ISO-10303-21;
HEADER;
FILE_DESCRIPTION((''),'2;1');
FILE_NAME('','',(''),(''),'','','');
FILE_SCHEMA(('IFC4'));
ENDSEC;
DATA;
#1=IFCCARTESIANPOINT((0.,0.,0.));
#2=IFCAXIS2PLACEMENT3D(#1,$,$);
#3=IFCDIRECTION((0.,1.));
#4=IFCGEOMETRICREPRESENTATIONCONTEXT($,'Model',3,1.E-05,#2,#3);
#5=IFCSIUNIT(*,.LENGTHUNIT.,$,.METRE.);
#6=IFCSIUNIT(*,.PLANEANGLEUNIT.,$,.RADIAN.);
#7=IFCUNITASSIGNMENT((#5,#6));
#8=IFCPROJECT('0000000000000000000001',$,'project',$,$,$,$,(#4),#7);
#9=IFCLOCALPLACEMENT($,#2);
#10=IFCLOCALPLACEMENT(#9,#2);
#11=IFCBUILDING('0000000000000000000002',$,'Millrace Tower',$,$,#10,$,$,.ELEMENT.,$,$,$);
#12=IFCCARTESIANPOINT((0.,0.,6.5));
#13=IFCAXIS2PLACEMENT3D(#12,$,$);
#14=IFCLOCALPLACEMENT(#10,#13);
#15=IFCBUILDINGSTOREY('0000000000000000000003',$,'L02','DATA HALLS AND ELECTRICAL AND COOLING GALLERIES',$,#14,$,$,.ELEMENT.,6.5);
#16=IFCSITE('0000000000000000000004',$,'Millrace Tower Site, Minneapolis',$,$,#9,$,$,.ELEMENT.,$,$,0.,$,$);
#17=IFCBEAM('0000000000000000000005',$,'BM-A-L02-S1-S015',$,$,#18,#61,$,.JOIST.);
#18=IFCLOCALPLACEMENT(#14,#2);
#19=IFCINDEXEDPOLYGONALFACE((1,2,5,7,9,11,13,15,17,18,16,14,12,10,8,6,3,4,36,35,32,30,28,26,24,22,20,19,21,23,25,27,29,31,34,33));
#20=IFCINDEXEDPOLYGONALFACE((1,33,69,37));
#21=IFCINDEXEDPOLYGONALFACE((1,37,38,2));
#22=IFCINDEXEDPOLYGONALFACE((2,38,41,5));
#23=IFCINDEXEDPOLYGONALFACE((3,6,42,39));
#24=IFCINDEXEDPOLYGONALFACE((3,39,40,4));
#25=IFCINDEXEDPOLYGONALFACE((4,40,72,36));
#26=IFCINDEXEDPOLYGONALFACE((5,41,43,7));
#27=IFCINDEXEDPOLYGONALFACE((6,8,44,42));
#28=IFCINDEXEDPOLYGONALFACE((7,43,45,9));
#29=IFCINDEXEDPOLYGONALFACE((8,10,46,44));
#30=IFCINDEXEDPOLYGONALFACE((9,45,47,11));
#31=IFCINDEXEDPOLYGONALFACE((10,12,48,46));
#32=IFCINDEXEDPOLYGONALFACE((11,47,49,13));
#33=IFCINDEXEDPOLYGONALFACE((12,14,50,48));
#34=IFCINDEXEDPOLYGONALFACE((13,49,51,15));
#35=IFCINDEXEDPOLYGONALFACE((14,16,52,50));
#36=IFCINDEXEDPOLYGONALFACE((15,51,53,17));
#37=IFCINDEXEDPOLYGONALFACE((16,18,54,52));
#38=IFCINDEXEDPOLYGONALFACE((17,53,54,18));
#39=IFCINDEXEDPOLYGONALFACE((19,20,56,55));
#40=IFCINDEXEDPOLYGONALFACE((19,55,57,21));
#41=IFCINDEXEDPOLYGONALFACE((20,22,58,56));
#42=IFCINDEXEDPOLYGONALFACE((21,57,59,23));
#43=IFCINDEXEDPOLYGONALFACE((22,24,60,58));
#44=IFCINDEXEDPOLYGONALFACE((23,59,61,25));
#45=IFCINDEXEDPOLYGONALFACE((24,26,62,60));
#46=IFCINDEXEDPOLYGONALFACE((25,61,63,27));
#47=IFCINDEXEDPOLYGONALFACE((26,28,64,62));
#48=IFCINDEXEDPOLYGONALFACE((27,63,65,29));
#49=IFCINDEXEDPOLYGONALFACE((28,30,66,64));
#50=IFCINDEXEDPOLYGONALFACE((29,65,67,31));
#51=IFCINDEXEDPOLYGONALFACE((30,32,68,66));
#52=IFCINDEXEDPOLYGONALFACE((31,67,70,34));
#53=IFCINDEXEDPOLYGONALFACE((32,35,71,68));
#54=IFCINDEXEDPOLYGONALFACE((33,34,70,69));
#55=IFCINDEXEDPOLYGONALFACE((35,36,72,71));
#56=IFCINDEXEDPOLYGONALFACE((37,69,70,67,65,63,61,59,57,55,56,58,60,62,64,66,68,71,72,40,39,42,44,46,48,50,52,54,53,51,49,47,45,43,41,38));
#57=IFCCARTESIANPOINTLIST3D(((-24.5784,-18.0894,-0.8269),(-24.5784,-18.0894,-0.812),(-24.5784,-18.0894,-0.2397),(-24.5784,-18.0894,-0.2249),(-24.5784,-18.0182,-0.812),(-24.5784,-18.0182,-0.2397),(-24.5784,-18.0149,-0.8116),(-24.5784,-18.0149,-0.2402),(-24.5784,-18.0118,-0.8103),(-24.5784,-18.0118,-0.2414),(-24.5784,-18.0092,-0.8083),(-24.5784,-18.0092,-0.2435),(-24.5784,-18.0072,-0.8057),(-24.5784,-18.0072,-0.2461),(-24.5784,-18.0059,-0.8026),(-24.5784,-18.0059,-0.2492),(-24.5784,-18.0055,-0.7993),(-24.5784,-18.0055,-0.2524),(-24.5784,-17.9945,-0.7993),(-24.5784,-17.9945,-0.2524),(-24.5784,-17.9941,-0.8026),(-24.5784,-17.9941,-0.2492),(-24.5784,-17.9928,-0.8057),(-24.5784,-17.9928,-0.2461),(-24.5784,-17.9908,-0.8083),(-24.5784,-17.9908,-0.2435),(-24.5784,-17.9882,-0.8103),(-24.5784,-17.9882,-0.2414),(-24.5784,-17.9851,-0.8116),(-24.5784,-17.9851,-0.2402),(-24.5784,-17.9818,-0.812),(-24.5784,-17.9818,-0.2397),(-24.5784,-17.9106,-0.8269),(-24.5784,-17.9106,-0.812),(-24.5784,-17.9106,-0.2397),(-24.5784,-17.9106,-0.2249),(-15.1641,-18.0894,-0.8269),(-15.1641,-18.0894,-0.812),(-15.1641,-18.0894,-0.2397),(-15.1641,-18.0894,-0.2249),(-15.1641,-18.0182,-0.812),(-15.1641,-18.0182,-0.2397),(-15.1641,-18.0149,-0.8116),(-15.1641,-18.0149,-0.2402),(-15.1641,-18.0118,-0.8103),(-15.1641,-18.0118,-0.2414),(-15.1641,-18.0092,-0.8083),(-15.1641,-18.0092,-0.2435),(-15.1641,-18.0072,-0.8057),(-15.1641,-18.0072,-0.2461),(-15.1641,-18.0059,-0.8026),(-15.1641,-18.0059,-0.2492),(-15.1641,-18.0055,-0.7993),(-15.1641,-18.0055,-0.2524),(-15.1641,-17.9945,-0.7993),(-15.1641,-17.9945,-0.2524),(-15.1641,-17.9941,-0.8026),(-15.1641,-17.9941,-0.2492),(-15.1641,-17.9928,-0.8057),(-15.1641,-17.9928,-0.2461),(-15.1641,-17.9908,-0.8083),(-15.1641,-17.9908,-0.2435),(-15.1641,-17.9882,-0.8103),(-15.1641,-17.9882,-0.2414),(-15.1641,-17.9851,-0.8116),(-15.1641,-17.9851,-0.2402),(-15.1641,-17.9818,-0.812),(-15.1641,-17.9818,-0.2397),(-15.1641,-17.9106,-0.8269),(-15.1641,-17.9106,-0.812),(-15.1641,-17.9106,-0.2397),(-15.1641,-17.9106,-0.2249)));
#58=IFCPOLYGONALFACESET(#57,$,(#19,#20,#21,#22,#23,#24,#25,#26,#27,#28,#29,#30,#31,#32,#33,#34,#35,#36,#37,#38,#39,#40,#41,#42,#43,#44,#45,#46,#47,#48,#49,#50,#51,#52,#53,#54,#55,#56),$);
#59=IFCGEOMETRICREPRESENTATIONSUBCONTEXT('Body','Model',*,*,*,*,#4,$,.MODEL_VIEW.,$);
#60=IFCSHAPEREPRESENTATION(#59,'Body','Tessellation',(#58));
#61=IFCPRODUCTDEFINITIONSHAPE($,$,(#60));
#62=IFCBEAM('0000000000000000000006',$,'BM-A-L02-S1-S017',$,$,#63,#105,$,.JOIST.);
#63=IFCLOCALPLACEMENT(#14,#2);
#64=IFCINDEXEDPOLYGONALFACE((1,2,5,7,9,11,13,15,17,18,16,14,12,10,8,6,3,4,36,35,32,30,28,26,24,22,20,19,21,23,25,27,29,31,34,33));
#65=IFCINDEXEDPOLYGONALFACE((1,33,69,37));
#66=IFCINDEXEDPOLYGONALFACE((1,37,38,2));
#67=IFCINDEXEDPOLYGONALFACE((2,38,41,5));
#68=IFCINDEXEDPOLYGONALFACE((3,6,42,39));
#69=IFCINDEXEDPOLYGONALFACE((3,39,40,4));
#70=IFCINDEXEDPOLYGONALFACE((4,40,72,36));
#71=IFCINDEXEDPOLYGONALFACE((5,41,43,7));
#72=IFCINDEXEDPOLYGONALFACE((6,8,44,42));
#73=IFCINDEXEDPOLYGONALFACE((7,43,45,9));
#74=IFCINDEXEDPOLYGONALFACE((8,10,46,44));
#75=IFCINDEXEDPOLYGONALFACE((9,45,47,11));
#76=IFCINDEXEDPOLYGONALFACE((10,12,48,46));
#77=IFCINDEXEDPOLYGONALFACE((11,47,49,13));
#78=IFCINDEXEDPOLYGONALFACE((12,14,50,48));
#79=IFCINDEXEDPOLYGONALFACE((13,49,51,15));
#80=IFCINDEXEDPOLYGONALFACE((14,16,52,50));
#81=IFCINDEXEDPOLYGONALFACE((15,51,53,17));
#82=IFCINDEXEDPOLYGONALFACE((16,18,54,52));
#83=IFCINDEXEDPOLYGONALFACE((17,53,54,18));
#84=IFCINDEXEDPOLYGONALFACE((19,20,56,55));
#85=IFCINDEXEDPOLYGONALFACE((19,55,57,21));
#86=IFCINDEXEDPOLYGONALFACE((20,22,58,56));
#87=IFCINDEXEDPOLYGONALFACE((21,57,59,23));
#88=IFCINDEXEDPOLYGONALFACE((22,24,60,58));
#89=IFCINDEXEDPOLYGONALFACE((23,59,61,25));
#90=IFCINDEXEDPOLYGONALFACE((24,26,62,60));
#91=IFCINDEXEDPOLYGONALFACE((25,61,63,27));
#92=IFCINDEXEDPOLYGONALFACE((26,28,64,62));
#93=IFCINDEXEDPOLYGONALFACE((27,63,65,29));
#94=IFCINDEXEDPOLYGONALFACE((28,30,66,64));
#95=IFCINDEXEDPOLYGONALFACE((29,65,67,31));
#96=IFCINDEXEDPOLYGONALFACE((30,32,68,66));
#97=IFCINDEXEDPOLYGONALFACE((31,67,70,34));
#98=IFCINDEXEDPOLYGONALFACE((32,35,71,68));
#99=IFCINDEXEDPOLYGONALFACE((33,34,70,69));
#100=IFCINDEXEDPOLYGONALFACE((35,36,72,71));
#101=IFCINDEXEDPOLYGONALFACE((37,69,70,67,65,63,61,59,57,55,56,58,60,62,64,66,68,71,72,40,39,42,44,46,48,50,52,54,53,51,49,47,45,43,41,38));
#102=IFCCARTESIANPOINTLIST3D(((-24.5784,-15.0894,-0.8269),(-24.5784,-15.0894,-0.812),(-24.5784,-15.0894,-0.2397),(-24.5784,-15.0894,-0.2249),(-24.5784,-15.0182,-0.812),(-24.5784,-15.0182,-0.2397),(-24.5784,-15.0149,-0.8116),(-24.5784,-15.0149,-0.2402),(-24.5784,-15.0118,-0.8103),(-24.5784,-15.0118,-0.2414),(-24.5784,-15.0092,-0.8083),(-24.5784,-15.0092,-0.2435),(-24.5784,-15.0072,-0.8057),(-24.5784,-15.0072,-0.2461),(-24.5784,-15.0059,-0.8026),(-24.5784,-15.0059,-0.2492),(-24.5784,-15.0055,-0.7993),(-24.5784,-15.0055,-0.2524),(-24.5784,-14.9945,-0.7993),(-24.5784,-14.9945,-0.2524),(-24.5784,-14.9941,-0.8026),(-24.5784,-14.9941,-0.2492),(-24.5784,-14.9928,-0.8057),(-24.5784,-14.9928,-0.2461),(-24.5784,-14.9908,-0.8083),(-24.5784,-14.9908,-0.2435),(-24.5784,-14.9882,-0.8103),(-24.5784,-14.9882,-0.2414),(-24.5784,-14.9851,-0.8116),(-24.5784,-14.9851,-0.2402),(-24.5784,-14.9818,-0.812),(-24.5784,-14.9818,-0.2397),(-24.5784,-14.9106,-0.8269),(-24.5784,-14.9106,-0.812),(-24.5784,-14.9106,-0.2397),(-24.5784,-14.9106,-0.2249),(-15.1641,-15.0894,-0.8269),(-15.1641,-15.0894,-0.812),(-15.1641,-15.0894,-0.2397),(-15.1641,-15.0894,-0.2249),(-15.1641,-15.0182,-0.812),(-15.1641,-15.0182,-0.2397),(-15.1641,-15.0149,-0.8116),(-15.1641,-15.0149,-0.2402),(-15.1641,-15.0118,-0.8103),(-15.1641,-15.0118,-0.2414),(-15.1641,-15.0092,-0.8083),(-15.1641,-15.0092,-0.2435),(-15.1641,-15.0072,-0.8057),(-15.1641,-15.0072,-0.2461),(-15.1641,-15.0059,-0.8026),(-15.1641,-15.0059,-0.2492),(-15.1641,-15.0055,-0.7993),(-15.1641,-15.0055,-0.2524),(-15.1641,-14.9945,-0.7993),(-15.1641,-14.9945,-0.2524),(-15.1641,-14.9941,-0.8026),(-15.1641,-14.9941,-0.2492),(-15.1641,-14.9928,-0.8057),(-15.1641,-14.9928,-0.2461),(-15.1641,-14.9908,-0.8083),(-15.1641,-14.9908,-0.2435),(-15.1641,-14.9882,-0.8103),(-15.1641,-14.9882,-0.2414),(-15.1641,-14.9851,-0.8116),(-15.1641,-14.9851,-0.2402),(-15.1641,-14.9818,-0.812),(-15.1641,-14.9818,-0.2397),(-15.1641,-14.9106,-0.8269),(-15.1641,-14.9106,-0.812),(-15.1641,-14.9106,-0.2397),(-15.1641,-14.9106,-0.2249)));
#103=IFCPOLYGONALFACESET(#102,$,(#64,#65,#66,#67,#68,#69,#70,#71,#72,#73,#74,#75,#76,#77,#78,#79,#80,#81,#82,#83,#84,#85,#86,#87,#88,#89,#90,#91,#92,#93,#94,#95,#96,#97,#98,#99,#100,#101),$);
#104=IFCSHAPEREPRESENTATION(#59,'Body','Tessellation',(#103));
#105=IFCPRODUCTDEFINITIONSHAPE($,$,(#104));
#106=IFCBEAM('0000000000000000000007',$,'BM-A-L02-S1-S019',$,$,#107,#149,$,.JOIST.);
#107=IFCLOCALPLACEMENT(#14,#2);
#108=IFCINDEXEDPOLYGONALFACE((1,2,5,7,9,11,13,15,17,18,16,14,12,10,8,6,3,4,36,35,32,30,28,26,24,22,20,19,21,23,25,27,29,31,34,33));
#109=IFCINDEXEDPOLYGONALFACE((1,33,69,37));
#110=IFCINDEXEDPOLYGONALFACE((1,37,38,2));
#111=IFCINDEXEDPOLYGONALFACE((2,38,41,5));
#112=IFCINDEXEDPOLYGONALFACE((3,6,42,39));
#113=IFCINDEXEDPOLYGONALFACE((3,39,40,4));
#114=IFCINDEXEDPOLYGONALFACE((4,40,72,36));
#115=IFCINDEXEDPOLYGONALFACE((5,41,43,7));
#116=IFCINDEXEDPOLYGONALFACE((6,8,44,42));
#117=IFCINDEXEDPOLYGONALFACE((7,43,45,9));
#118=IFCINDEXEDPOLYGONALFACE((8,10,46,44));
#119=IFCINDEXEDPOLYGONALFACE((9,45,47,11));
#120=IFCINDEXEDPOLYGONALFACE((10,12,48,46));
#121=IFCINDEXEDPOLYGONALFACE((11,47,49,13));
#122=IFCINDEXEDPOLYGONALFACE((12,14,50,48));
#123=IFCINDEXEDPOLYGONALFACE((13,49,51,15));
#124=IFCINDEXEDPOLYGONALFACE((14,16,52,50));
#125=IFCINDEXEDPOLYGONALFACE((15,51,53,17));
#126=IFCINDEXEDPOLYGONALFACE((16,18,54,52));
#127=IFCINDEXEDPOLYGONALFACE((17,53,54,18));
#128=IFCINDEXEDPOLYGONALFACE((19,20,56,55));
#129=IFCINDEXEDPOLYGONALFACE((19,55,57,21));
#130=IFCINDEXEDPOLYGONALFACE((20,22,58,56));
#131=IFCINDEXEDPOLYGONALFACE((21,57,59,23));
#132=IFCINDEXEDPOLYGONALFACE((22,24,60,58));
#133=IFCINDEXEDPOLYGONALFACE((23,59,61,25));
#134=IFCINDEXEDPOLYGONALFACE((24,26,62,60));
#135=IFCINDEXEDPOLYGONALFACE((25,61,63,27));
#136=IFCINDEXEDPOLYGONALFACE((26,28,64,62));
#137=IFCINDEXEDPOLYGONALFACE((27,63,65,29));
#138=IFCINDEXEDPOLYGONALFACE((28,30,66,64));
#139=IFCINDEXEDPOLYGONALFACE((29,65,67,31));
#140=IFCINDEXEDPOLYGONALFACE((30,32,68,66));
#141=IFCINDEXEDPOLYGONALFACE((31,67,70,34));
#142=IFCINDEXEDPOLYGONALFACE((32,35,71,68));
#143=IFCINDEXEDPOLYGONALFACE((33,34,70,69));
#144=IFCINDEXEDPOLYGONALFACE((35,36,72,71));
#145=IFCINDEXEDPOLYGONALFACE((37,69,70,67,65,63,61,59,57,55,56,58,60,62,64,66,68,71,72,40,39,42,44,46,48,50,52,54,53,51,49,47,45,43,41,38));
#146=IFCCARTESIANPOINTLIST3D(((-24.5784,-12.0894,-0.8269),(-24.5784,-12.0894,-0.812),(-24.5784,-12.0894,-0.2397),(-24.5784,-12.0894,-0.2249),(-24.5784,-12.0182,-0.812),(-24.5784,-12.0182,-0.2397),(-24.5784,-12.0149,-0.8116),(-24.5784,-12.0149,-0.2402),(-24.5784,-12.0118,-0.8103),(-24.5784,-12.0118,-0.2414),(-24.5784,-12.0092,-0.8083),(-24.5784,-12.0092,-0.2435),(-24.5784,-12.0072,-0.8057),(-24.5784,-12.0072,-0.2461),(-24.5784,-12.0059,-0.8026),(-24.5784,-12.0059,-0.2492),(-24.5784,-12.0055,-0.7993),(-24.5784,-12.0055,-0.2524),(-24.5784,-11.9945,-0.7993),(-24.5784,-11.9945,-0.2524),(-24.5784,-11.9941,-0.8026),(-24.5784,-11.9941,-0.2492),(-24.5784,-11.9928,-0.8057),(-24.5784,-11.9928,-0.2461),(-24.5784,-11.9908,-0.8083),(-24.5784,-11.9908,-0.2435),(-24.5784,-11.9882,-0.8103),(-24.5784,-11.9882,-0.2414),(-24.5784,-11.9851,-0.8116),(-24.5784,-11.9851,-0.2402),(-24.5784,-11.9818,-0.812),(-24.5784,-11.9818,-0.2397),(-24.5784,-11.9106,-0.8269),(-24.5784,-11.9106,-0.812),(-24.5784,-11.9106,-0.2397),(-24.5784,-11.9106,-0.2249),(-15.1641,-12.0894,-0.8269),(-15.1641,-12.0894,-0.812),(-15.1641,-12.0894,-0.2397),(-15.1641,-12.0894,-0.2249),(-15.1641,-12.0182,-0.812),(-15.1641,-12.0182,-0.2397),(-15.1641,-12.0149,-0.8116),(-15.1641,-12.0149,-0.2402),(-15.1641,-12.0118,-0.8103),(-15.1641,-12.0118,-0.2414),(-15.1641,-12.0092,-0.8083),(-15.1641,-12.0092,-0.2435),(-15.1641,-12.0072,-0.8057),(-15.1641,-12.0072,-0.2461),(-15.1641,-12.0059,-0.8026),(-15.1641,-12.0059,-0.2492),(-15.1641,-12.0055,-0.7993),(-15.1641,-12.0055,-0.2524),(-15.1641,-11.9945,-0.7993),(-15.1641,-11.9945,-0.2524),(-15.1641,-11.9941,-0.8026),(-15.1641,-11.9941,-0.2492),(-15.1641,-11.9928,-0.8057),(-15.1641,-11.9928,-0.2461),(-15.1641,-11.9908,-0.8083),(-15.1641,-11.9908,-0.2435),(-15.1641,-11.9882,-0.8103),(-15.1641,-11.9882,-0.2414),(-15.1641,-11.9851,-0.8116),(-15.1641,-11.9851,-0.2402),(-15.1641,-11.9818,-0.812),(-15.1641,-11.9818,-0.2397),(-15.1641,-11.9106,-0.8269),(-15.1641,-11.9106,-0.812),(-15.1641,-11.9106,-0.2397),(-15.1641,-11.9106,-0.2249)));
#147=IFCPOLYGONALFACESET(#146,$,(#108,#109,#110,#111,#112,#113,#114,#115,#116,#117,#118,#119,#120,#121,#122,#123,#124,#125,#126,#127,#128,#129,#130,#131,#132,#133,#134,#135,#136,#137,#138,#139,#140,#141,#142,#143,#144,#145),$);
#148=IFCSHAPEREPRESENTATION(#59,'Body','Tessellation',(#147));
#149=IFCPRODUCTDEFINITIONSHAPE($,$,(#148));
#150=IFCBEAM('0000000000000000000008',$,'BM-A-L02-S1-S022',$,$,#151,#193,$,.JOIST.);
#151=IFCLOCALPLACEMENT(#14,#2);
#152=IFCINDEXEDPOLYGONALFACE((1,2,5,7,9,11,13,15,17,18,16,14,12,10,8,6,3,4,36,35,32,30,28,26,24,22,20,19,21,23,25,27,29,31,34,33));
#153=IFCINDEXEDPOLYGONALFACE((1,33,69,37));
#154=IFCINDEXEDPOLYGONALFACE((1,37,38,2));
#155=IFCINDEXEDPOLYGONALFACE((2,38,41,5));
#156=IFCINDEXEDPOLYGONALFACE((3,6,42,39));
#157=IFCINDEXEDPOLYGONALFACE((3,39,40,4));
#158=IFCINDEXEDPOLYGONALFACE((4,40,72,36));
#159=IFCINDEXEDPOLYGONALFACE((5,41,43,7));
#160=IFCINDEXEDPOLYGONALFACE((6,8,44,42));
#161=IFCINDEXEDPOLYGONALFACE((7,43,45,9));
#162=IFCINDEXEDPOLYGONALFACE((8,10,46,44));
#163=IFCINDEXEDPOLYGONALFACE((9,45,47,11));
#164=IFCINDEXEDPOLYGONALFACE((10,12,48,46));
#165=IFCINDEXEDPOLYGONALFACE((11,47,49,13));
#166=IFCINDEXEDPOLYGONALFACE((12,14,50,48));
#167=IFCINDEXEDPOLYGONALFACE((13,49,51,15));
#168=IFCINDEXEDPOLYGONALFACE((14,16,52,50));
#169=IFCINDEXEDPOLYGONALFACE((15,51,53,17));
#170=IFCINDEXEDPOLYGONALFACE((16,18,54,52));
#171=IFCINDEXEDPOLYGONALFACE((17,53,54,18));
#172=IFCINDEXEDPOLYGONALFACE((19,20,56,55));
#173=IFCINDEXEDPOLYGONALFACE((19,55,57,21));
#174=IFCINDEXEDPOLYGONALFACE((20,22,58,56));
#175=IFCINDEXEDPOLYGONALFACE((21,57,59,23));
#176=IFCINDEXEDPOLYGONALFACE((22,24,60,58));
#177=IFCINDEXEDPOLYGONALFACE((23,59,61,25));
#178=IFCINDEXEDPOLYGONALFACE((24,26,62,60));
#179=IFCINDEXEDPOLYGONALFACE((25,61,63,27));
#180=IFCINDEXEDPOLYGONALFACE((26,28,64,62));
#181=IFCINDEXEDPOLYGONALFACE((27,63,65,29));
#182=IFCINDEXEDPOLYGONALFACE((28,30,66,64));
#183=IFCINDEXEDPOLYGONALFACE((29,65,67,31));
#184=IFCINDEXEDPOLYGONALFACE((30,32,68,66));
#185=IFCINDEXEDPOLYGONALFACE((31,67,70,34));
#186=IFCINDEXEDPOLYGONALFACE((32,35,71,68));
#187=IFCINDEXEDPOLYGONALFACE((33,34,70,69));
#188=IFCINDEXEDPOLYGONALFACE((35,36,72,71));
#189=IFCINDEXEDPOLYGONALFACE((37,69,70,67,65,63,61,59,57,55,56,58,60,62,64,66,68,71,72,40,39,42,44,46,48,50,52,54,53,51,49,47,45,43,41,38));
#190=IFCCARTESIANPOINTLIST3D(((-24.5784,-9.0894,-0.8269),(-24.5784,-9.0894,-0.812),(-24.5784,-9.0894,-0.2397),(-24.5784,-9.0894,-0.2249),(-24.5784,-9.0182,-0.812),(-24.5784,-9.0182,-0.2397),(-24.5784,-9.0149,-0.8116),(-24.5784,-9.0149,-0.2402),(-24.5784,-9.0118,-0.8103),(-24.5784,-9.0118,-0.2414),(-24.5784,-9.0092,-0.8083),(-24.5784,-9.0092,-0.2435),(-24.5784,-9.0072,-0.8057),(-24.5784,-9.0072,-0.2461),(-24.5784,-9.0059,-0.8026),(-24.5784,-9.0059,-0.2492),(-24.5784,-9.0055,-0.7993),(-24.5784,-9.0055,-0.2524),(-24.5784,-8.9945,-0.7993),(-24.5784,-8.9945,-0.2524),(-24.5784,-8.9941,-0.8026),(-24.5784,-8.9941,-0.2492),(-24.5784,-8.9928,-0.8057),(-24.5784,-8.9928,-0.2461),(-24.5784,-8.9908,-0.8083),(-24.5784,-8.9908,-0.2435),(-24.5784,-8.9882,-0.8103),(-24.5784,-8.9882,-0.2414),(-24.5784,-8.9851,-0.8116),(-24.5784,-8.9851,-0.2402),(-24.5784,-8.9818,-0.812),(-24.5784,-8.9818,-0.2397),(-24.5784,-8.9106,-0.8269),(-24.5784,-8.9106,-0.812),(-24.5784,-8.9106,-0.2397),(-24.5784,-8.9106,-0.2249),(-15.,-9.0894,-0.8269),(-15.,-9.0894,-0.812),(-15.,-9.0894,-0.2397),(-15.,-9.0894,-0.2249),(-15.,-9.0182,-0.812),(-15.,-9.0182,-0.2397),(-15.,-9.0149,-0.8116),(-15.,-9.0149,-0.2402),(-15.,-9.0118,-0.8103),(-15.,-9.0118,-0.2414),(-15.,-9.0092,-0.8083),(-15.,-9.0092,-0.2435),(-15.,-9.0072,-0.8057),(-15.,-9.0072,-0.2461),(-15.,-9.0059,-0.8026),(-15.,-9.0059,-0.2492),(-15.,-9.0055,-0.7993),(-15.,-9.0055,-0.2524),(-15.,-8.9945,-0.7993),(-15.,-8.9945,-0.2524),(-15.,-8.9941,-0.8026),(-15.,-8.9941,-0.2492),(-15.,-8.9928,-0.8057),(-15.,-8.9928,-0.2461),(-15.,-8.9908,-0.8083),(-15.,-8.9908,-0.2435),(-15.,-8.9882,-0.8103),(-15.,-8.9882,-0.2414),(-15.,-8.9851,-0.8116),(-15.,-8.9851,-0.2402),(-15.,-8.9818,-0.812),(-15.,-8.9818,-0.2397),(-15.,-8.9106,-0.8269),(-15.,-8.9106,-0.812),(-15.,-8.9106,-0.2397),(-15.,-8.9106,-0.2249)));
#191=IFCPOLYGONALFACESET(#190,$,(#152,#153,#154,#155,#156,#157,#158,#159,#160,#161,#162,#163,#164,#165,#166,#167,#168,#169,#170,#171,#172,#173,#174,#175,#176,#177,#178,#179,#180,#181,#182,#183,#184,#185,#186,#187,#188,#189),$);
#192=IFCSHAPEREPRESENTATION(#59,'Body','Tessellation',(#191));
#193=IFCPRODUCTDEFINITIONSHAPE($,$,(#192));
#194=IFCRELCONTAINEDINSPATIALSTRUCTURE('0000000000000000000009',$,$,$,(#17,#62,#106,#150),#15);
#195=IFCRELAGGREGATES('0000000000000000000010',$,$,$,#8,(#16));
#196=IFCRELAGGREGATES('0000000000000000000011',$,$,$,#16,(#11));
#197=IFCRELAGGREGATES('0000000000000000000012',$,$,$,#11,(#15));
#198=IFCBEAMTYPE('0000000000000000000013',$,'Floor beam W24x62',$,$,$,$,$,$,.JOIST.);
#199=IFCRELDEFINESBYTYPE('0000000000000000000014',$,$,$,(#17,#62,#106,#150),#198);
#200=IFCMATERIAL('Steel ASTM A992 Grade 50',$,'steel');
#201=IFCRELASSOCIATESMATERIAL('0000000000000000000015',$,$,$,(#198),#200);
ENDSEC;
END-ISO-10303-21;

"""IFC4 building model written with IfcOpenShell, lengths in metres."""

from ifc_helpers import new_model, si_unit, direction, frame, origin, origin_2d, place, context, subcontext, project, spatial, i_section, extrude, material, material_profile, profile_set, type_object, element, save


model = new_model("IFC4")

# Units and contexts
model_context = context("Model", 3, precision=1e-05, world=origin(), true_north=direction((0.0, 1.0)))
body_context = subcontext(model_context, "Body", "Model", "MODEL_VIEW")
ifc_project = project(units=[si_unit("LENGTHUNIT", "METRE"), si_unit("PLANEANGLEUNIT", "RADIAN")], contexts=[model_context])

# Site, building, storey
site_placement = place(None, origin())
site = spatial("IfcSite", under=ifc_project, at=site_placement, Name="Millrace Tower Site, Minneapolis", CompositionType="ELEMENT", RefElevation=0.0)
building_placement = place(site_placement, origin())
building = spatial("IfcBuilding", under=site, at=building_placement, Name="Millrace Tower", CompositionType="ELEMENT")
storey_placement = place(building_placement, frame((0.0, 0.0, 6.5)))
storey = spatial("IfcBuildingStorey", under=building, at=storey_placement, Name="L02", Description="DATA HALLS AND ELECTRICAL AND COOLING GALLERIES", CompositionType="ELEMENT", Elevation=6.5)

# Beams
ifc_material_1 = material(Name="Steel ASTM A992 Grade 50", Category="steel")
ifc_material_profile_1 = material_profile(ifc_material_1, i_section(OverallWidth=0.1787, OverallDepth=0.6021, WebThickness=0.011, FlangeThickness=0.0149, FilletRadius=0.0127, at=origin_2d()))
ifc_profile_set_1 = profile_set([ifc_material_profile_1], Name="Steel ASTM A992 Grade 50")
beam_type_1 = type_object("IfcBeamType", Name="Floor beam W24x62", PredefinedType="JOIST", material=ifc_profile_set_1)
for number, where, z_axis, x_axis, name in (
    (1, (-24.5784, -18.0, -0.5259), (1.0, 0.0, 0.0), (0.0, 1.0, 0.0), "BM-A-L02-S1-S015"),
    (2, (-24.5784, -15.0, -0.5259), (1.0, 0.0, 0.0), (0.0, 1.0, 0.0), "BM-A-L02-S1-S017"),
    (3, (-24.5784, -12.0, -0.5259), (1.0, 0.0, 0.0), (0.0, 1.0, 0.0), "BM-A-L02-S1-S019"),
):
    element("IfcBeam", number, at=place(storey_placement, frame(where, z_axis=z_axis, x_axis=x_axis)), inside=storey, type_object=beam_type_1, Name=name, PredefinedType="JOIST", context=body_context, shape_type="SweptSolid", body=[
        extrude(i_section(OverallWidth=0.1787, OverallDepth=0.6021, WebThickness=0.011, FlangeThickness=0.0149, FilletRadius=0.0127, at=origin_2d()), origin(), (0.0, 0.0, 1.0), 9.4143),
    ])
for number, where, z_axis, x_axis, name in (
    (4, (-24.5784, -9.0, -0.5259), (1.0, 0.0, 0.0), (0.0, 1.0, 0.0), "BM-A-L02-S1-S022"),
):
    element("IfcBeam", number, at=place(storey_placement, frame(where, z_axis=z_axis, x_axis=x_axis)), inside=storey, type_object=beam_type_1, Name=name, PredefinedType="JOIST", context=body_context, shape_type="SweptSolid", body=[
        extrude(i_section(OverallWidth=0.1787, OverallDepth=0.6021, WebThickness=0.011, FlangeThickness=0.0149, FilletRadius=0.0127, at=origin_2d()), origin(), (0.0, 0.0, 1.0), 9.5784),
    ])

save(model, "model.ifc")
